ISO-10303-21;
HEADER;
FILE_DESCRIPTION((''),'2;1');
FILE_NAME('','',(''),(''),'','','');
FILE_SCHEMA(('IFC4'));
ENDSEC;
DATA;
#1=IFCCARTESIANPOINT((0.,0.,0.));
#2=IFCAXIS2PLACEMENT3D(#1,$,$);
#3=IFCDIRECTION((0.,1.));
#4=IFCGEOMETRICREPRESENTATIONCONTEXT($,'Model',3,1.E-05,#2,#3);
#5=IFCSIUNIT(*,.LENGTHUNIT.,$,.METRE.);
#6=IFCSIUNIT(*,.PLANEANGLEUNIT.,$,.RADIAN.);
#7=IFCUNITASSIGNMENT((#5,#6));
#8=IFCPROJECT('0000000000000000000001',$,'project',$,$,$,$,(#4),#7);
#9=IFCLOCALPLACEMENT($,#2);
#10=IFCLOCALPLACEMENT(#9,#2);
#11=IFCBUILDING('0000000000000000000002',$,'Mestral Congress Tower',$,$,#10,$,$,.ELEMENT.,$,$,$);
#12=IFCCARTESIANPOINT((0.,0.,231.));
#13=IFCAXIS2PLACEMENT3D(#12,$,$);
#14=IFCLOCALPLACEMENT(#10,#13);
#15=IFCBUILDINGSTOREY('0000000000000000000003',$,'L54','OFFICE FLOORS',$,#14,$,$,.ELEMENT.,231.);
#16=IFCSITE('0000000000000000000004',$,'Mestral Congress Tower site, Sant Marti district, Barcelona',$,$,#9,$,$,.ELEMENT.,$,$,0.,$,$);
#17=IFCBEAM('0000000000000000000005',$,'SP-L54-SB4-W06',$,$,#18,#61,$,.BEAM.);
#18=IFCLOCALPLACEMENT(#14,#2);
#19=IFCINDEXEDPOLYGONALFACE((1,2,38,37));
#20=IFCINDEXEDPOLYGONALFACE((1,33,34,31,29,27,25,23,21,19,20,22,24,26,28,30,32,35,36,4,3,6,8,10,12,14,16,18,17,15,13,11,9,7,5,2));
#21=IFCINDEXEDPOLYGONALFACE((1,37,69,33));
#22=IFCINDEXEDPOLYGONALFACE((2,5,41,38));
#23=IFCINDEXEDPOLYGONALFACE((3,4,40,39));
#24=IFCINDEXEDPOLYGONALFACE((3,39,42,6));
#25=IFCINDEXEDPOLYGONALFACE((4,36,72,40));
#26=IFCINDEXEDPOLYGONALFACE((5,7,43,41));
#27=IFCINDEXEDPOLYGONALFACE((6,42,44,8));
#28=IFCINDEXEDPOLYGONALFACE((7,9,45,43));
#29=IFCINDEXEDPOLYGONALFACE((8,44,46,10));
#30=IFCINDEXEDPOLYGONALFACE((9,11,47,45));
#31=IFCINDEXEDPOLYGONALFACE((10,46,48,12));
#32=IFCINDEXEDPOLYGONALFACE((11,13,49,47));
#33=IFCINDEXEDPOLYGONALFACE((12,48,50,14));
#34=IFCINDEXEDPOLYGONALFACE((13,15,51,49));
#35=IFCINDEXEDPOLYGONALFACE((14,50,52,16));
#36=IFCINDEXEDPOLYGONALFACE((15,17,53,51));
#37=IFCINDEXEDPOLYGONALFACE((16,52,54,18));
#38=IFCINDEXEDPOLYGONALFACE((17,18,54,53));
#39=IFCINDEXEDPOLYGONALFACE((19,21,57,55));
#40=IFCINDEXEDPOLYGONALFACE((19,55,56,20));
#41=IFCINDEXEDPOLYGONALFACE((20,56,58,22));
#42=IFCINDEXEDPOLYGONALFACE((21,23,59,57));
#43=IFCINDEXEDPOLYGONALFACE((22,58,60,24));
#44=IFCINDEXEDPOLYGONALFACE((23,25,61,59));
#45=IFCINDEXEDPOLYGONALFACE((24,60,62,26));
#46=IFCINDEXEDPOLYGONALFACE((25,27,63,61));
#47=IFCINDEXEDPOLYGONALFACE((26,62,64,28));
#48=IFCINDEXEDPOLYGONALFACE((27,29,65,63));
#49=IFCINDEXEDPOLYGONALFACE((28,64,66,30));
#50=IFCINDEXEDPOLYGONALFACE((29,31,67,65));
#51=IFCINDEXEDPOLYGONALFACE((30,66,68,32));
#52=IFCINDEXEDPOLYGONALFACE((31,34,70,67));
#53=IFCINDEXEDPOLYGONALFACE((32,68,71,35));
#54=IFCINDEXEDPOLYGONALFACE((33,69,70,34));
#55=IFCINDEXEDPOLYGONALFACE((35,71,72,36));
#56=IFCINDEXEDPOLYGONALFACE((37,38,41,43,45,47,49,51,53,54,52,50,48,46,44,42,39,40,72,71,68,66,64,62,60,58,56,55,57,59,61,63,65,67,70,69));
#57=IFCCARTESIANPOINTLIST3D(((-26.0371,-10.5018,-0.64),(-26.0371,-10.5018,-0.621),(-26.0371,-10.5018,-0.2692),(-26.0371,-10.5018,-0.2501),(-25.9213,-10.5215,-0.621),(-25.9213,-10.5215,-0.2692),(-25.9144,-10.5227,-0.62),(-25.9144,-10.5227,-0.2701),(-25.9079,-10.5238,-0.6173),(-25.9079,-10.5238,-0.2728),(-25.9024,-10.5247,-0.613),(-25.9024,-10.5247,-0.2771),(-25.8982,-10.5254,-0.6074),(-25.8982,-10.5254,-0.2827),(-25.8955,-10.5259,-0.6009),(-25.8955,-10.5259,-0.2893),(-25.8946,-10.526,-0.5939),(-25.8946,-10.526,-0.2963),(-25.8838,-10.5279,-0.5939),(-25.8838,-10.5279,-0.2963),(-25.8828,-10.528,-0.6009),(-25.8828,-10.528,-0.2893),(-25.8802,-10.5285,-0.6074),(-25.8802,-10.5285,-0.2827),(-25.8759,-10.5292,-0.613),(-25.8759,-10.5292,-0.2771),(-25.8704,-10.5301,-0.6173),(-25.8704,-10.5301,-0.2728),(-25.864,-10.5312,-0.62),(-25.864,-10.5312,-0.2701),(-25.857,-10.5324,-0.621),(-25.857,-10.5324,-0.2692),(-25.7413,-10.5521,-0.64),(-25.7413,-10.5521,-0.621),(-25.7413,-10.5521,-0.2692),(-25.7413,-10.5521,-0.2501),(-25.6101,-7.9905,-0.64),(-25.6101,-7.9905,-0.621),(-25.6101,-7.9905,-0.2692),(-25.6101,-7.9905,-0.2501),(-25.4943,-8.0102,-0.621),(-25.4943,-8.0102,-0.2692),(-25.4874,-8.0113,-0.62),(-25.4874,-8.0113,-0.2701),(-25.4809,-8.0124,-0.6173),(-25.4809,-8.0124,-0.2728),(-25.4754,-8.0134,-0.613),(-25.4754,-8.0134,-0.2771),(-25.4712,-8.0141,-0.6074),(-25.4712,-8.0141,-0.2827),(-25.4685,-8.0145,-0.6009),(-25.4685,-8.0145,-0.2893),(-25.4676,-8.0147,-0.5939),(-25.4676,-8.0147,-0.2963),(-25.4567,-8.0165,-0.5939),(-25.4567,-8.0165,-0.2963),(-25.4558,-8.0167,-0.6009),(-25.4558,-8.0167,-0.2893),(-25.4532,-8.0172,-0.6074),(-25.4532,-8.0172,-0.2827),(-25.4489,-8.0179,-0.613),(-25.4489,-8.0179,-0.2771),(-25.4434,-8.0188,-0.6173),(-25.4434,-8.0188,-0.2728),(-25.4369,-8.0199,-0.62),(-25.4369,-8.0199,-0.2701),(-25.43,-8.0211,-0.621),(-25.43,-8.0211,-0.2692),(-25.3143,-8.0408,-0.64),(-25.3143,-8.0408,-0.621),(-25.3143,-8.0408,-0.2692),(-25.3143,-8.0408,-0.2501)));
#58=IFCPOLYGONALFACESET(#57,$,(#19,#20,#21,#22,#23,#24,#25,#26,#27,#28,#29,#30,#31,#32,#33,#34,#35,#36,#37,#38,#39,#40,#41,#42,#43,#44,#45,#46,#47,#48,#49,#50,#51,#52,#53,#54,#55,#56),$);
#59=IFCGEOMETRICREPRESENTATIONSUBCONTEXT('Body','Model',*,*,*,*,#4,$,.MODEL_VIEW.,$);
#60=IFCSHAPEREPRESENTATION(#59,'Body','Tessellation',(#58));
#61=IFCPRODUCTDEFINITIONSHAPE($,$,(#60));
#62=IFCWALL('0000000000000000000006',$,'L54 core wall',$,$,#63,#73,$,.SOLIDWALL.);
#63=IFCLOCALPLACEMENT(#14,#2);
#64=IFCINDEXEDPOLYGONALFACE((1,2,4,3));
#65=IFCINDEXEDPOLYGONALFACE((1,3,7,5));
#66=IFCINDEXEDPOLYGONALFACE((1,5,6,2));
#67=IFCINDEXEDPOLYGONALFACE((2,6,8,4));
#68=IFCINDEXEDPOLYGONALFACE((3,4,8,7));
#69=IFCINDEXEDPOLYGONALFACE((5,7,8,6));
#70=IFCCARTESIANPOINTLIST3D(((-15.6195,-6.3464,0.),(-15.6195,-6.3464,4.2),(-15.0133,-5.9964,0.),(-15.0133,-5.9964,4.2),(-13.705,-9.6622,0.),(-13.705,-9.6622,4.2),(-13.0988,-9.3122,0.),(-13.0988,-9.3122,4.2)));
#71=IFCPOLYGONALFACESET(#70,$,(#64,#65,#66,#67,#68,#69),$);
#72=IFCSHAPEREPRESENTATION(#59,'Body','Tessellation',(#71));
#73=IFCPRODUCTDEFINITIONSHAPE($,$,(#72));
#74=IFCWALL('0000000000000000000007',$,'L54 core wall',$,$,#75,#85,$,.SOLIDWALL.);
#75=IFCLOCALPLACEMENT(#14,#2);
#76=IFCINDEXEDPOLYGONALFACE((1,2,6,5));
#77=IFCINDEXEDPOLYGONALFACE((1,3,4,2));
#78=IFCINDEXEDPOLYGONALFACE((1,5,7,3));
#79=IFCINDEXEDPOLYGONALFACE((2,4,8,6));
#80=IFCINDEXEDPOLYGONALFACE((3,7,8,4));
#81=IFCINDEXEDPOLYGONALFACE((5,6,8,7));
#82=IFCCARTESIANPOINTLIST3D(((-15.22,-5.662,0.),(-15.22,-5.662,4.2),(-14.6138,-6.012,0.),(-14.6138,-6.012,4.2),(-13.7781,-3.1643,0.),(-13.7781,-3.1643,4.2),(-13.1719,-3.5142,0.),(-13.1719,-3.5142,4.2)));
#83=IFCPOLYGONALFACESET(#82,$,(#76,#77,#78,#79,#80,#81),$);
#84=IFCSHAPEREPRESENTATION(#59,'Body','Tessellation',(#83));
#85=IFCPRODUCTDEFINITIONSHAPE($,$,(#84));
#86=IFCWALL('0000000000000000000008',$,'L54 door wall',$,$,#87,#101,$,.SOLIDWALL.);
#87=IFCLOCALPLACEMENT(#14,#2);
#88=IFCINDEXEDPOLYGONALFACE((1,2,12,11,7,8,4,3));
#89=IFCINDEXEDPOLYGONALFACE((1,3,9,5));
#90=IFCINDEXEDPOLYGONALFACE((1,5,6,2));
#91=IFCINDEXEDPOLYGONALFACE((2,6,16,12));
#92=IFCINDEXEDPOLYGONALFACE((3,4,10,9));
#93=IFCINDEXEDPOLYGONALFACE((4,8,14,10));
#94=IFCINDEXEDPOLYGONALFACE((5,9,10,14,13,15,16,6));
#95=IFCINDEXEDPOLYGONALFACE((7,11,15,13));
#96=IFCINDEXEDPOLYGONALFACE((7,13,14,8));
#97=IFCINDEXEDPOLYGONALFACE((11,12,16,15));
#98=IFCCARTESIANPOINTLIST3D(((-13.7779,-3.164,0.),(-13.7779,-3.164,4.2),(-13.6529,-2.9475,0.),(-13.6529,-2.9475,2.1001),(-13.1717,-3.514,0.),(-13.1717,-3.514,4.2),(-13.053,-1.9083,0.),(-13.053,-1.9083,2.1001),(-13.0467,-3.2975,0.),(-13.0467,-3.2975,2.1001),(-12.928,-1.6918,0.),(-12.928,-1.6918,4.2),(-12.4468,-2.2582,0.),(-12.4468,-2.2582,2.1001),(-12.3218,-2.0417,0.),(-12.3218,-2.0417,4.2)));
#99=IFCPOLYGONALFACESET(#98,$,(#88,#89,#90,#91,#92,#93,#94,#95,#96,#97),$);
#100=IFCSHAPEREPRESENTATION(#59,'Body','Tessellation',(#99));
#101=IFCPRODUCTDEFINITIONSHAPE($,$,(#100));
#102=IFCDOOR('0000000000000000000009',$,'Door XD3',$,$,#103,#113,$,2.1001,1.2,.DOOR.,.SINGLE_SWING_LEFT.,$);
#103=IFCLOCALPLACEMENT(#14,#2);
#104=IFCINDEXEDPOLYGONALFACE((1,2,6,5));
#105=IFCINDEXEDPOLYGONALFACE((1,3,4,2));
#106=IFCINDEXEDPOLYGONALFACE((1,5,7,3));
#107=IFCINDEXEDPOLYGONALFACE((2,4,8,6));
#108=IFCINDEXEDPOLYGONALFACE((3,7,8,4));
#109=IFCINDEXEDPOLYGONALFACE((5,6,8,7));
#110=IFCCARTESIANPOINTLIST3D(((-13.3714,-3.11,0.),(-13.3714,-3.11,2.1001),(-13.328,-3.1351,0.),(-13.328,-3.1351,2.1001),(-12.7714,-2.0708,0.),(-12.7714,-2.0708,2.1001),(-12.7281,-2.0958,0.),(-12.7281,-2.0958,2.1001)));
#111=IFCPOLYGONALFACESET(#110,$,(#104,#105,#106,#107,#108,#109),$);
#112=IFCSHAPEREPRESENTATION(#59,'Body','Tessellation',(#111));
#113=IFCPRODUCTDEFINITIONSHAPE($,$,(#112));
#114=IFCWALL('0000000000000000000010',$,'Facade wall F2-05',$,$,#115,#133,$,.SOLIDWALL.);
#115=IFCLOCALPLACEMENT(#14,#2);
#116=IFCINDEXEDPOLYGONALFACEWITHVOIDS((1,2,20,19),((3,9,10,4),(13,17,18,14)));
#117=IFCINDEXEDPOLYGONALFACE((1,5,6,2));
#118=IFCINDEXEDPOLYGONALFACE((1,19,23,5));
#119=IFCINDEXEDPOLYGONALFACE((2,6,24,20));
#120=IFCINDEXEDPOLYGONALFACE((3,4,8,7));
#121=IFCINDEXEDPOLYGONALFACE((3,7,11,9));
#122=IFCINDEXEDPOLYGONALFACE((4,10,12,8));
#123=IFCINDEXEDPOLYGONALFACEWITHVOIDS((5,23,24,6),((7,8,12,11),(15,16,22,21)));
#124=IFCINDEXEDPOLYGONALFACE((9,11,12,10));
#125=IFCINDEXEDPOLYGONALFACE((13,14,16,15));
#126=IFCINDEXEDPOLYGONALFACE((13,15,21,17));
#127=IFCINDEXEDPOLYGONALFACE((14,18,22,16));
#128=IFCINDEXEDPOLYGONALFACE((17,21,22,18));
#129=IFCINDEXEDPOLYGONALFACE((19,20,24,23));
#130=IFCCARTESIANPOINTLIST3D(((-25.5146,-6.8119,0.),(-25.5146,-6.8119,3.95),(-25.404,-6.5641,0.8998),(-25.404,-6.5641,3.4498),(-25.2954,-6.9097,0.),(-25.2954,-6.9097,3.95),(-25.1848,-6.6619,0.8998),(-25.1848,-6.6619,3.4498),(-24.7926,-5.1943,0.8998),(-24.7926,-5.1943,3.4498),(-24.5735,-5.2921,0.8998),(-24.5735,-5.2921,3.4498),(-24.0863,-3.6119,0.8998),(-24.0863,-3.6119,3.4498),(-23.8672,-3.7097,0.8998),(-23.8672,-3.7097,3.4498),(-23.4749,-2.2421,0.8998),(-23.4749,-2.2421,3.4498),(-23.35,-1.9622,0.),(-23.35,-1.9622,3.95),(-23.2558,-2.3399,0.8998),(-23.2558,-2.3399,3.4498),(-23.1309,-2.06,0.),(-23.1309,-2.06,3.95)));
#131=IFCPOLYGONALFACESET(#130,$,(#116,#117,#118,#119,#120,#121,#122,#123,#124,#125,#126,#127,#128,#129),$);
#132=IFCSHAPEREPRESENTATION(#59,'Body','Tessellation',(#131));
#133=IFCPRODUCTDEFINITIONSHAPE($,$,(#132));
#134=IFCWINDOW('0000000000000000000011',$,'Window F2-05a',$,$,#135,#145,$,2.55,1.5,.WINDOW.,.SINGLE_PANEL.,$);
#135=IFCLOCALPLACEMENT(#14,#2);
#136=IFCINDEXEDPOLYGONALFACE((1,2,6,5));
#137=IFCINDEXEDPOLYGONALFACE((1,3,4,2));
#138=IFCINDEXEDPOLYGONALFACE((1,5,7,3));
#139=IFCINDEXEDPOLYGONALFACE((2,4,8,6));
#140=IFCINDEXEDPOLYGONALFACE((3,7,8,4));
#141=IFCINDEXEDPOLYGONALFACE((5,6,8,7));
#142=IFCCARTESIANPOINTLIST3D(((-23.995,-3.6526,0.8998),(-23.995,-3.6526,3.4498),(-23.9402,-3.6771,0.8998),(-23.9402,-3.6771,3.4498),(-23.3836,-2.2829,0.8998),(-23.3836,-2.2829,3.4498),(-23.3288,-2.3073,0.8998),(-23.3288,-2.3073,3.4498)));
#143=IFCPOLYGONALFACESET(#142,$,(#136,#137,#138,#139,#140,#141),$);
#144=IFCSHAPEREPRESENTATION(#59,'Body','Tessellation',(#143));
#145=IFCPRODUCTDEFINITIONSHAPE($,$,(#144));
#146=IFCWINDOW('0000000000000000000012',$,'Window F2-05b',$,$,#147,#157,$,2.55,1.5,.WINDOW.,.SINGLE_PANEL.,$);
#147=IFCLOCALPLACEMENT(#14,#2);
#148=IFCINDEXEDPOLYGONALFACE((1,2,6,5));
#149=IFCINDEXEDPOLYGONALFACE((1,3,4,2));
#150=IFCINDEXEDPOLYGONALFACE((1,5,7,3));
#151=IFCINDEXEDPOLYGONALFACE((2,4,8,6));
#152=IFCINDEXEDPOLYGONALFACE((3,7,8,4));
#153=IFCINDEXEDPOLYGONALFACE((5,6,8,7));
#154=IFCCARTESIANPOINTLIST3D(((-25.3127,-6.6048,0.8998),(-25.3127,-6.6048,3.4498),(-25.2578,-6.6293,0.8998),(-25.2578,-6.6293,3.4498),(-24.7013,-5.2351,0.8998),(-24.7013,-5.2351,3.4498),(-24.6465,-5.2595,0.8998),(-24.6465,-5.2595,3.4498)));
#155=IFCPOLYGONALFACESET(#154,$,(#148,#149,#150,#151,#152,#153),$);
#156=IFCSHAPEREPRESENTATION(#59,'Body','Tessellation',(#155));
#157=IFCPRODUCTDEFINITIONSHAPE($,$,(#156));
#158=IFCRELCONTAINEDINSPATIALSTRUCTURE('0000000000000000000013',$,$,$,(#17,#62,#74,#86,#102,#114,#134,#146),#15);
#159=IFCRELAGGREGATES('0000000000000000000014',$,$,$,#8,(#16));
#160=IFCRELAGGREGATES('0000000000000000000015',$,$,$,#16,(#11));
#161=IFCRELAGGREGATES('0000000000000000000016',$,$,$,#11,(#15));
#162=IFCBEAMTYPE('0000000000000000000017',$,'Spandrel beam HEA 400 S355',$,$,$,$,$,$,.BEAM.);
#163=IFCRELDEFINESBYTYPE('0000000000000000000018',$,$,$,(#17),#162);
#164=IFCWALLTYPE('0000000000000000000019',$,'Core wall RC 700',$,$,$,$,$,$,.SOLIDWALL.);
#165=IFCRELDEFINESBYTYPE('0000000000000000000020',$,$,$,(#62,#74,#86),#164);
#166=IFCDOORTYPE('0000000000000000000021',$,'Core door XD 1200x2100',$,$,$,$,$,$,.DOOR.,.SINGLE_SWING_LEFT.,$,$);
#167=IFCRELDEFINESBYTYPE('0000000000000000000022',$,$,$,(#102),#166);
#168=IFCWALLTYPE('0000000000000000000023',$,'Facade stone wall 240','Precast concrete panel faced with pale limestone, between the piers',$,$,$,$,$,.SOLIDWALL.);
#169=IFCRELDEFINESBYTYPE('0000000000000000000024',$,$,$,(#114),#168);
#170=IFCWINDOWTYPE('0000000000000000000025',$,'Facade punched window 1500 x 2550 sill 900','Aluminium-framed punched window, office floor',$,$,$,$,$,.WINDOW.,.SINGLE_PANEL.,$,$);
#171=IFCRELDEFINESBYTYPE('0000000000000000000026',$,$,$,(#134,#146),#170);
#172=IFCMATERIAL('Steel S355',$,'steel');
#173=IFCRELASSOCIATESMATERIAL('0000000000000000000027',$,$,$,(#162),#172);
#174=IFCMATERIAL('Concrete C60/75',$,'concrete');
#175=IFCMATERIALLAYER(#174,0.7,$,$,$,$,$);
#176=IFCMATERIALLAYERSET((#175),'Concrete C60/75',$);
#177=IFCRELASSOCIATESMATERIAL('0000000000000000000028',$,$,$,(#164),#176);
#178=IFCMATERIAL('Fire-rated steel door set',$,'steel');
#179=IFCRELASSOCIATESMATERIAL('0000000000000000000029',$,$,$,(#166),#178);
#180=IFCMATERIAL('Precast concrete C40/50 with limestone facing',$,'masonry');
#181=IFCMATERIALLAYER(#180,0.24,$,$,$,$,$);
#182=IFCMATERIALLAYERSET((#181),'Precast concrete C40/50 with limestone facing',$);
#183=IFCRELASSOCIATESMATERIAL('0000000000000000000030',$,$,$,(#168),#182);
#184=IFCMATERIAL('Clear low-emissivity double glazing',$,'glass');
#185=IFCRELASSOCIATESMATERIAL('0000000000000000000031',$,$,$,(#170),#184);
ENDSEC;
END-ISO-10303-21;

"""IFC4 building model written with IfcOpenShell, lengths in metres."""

from ifc_helpers import new_model, si_unit, direction, frame, frame_2d, origin, origin_2d, place, context, subcontext, project, spatial, rectangle, i_section, extrude, material, layer, layer_set, material_profile, profile_set, type_object, element, fill, save


model = new_model("IFC4")

# Units and contexts
model_context = context("Model", 3, precision=1e-05, world=origin(), true_north=direction((0.0, 1.0)))
body_context = subcontext(model_context, "Body", "Model", "MODEL_VIEW")
ifc_project = project(units=[si_unit("LENGTHUNIT", "METRE"), si_unit("PLANEANGLEUNIT", "RADIAN")], contexts=[model_context])

# Site, building, storey
site_placement = place(None, origin())
site = spatial("IfcSite", under=ifc_project, at=site_placement, Name="Mestral Congress Tower site, Sant Marti district, Barcelona", CompositionType="ELEMENT", RefElevation=0.0)
building_placement = place(site_placement, origin())
building = spatial("IfcBuilding", under=site, at=building_placement, Name="Mestral Congress Tower", CompositionType="ELEMENT")
storey_placement = place(building_placement, frame((0.0, 0.0, 231.0)))
storey = spatial("IfcBuildingStorey", under=building, at=storey_placement, Name="L54", Description="OFFICE FLOORS", CompositionType="ELEMENT", Elevation=231.0)

# Shared definitions
ifc_material_1 = material(Name="Concrete C60/75", Category="concrete")

# Beam
ifc_material_2 = material(Name="Steel S355", Category="steel")
ifc_material_profile_1 = material_profile(ifc_material_2, i_section(OverallWidth=0.3, OverallDepth=0.3899, WebThickness=0.011, FlangeThickness=0.019, FilletRadius=0.0271, at=origin_2d()), Name="HEA 400")
ifc_profile_set_1 = profile_set([ifc_material_profile_1], Name="Steel S355")
beam_type_1 = type_object("IfcBeamType", Name="Spandrel beam HEA 400 S355", PredefinedType="BEAM", material=ifc_profile_set_1)
beam_1_placement = place(storey_placement, frame((-25.4622, -8.0156, -0.4451), z_axis=(-0.167631, -0.98585, 0.0), x_axis=(0.98585, -0.167631, 0.0)))
element("IfcBeam", 1, at=beam_1_placement, inside=storey, type_object=beam_type_1, Name="SP-L54-SB4-W06", PredefinedType="BEAM", context=body_context, shape_type="SweptSolid", body=[
    extrude(i_section(OverallWidth=0.3, OverallDepth=0.3899, WebThickness=0.011, FlangeThickness=0.019, FilletRadius=0.0271, at=origin_2d()), origin(), (0.0, 0.0, 1.0), 2.5474),
])

# Walls
ifc_layer_1 = layer(ifc_material_1, 0.7)
ifc_layer_set_1 = layer_set([ifc_layer_1], Name="Concrete C60/75")
wall_type_1 = type_object("IfcWallType", Name="Core wall RC 700", PredefinedType="SOLIDWALL", material=ifc_layer_set_1)
wall_1_placement = place(storey_placement, frame((-13.4019, -9.4873, 0.0), z_axis=(0.0, 0.0, 1.0), x_axis=(-0.50002, 0.866014, 0.0)))
element("IfcWall", 2, at=wall_1_placement, inside=storey, type_object=wall_type_1, Name="L54 core wall", PredefinedType="SOLIDWALL", context=body_context, shape_type="SweptSolid", body=[
    extrude(rectangle(XDim=3.8289, YDim=0.7, at=frame_2d((1.9146, 0.0))), origin(), (0.0, 0.0, 1.0), 4.2),
])
wall_2_placement = place(storey_placement, frame((-13.4751, -3.3394, 0.0), z_axis=(0.0, 0.0, 1.0), x_axis=(-0.499945, -0.866057, 0.0)))
element("IfcWall", 3, at=wall_2_placement, inside=storey, type_object=wall_type_1, Name="L54 core wall", PredefinedType="SOLIDWALL", context=body_context, shape_type="SweptSolid", body=[
    extrude(rectangle(XDim=2.884, YDim=0.7, at=frame_2d((1.4419, 0.0))), origin(), (0.0, 0.0, 1.0), 4.2),
])

# Wall, opening, door
wall_3_placement = place(storey_placement, frame((-13.4749, -3.3391, 0.0), z_axis=(0.0, 0.0, 1.0), x_axis=(0.499955, 0.866052, 0.0)))
wall_3 = element("IfcWall", 4, at=wall_3_placement, inside=storey, type_object=wall_type_1, Name="L54 door wall", PredefinedType="SOLIDWALL", context=body_context, shape_type="SweptSolid", body=[
    extrude(rectangle(XDim=1.7, YDim=0.7, at=frame_2d((0.8501, 0.0))), origin(), (0.0, 0.0, 1.0), 4.2),
])
opening_1_placement = place(wall_3_placement, frame((0.25, 0.0, 0.0)))
opening_1 = element("IfcOpeningElement", 5, at=opening_1_placement, cuts=wall_3, PredefinedType="OPENING", context=body_context, shape_type="SweptSolid", body=[
    extrude(rectangle(XDim=1.2, YDim=2.1001, at=frame_2d((0.6001, 1.05))), frame((0.0, 0.3599, 0.0), z_axis=(0.0, -1.0, 0.0), x_axis=(1.0, 0.0, 0.0)), (0.0, 0.0, 1.0), 0.72),
])
ifc_material_3 = material(Name="Fire-rated steel door set", Category="steel")
door_type_1 = type_object("IfcDoorType", Name="Core door XD 1200x2100", OperationType="SINGLE_SWING_LEFT", PredefinedType="DOOR", material=ifc_material_3)
door_1_placement = place(opening_1_placement, origin())
door_1 = element("IfcDoor", 6, at=door_1_placement, inside=storey, type_object=door_type_1, Name="Door XD3", OperationType="SINGLE_SWING_LEFT", OverallHeight=2.1001, OverallWidth=1.2, PredefinedType="DOOR", context=body_context, shape_type="SweptSolid", body=[
    extrude(rectangle(XDim=1.2, YDim=2.1001, at=frame_2d((0.6001, 1.05))), frame((0.0, 0.0249, 0.0), z_axis=(0.0, -1.0, 0.0), x_axis=(1.0, 0.0, 0.0)), (0.0, 0.0, 1.0), 0.05),
])
fill(opening_1, door_1)

# Wall, openings, windows
ifc_material_4 = material(Name="Precast concrete C40/50 with limestone facing", Category="masonry")
ifc_layer_2 = layer(ifc_material_4, 0.24)
ifc_layer_set_2 = layer_set([ifc_layer_2], Name="Precast concrete C40/50 with limestone facing")
wall_type_2 = type_object("IfcWallType", Name="Facade stone wall 240", Description="Precast concrete panel faced with pale limestone, between the piers", PredefinedType="SOLIDWALL", material=ifc_layer_set_2)
wall_4_placement = place(storey_placement, frame((-23.2405, -2.0112, 0.0), z_axis=(0.0, 0.0, 1.0), x_axis=(-0.40758, -0.91317, 0.0)))
wall_4 = element("IfcWall", 7, at=wall_4_placement, inside=storey, type_object=wall_type_2, Name="Facade wall F2-05", PredefinedType="SOLIDWALL", context=body_context, shape_type="SweptSolid", body=[
    extrude(rectangle(XDim=5.3108, YDim=0.24, at=frame_2d((2.6553, 0.0))), origin(), (0.0, 0.0, 1.0), 3.95),
])
opening_2_placement = place(wall_4_placement, frame((0.3064, 0.0, 0.8999)))
opening_2 = element("IfcOpeningElement", 8, at=opening_2_placement, cuts=wall_4, PredefinedType="OPENING", context=body_context, shape_type="SweptSolid", body=[
    extrude(rectangle(XDim=1.5, YDim=2.55, at=frame_2d((0.75, 1.2749))), frame((0.0, 0.1299, 0.0), z_axis=(0.0, -1.0, 0.0), x_axis=(1.0, 0.0, 0.0)), (0.0, 0.0, 1.0), 0.26),
])
opening_3_placement = place(wall_4_placement, frame((3.5393, 0.0, 0.8999)))
opening_3 = element("IfcOpeningElement", 9, at=opening_3_placement, cuts=wall_4, PredefinedType="OPENING", context=body_context, shape_type="SweptSolid", body=[
    extrude(rectangle(XDim=1.5, YDim=2.55, at=frame_2d((0.75, 1.2749))), frame((0.0, 0.1299, 0.0), z_axis=(0.0, -1.0, 0.0), x_axis=(1.0, 0.0, 0.0)), (0.0, 0.0, 1.0), 0.26),
])
ifc_material_5 = material(Name="Clear low-emissivity double glazing", Category="glass")
window_type_1 = type_object("IfcWindowType", Name="Facade punched window 1500 x 2550 sill 900", Description="Aluminium-framed punched window, office floor", PartitioningType="SINGLE_PANEL", PredefinedType="WINDOW", material=ifc_material_5)
window_1_placement = place(opening_2_placement, origin())
window_1 = element("IfcWindow", 10, at=window_1_placement, inside=storey, type_object=window_type_1, Name="Window F2-05a", OverallHeight=2.55, OverallWidth=1.5, PartitioningType="SINGLE_PANEL", PredefinedType="WINDOW", context=body_context, shape_type="SweptSolid", body=[
    extrude(rectangle(XDim=1.5, YDim=2.55, at=frame_2d((0.75, 1.2749))), frame((0.0, 0.04, 0.0), z_axis=(0.0, -1.0, 0.0), x_axis=(1.0, 0.0, 0.0)), (0.0, 0.0, 1.0), 0.0601),
])
fill(opening_2, window_1)
window_2_placement = place(opening_3_placement, origin())
window_2 = element("IfcWindow", 11, at=window_2_placement, inside=storey, type_object=window_type_1, Name="Window F2-05b", OverallHeight=2.55, OverallWidth=1.5, PartitioningType="SINGLE_PANEL", PredefinedType="WINDOW", context=body_context, shape_type="SweptSolid", body=[
    extrude(rectangle(XDim=1.5, YDim=2.55, at=frame_2d((0.75, 1.2749))), frame((0.0, 0.04, 0.0), z_axis=(0.0, -1.0, 0.0), x_axis=(1.0, 0.0, 0.0)), (0.0, 0.0, 1.0), 0.0601),
])
fill(opening_3, window_2)

save(model, "model.ifc")
